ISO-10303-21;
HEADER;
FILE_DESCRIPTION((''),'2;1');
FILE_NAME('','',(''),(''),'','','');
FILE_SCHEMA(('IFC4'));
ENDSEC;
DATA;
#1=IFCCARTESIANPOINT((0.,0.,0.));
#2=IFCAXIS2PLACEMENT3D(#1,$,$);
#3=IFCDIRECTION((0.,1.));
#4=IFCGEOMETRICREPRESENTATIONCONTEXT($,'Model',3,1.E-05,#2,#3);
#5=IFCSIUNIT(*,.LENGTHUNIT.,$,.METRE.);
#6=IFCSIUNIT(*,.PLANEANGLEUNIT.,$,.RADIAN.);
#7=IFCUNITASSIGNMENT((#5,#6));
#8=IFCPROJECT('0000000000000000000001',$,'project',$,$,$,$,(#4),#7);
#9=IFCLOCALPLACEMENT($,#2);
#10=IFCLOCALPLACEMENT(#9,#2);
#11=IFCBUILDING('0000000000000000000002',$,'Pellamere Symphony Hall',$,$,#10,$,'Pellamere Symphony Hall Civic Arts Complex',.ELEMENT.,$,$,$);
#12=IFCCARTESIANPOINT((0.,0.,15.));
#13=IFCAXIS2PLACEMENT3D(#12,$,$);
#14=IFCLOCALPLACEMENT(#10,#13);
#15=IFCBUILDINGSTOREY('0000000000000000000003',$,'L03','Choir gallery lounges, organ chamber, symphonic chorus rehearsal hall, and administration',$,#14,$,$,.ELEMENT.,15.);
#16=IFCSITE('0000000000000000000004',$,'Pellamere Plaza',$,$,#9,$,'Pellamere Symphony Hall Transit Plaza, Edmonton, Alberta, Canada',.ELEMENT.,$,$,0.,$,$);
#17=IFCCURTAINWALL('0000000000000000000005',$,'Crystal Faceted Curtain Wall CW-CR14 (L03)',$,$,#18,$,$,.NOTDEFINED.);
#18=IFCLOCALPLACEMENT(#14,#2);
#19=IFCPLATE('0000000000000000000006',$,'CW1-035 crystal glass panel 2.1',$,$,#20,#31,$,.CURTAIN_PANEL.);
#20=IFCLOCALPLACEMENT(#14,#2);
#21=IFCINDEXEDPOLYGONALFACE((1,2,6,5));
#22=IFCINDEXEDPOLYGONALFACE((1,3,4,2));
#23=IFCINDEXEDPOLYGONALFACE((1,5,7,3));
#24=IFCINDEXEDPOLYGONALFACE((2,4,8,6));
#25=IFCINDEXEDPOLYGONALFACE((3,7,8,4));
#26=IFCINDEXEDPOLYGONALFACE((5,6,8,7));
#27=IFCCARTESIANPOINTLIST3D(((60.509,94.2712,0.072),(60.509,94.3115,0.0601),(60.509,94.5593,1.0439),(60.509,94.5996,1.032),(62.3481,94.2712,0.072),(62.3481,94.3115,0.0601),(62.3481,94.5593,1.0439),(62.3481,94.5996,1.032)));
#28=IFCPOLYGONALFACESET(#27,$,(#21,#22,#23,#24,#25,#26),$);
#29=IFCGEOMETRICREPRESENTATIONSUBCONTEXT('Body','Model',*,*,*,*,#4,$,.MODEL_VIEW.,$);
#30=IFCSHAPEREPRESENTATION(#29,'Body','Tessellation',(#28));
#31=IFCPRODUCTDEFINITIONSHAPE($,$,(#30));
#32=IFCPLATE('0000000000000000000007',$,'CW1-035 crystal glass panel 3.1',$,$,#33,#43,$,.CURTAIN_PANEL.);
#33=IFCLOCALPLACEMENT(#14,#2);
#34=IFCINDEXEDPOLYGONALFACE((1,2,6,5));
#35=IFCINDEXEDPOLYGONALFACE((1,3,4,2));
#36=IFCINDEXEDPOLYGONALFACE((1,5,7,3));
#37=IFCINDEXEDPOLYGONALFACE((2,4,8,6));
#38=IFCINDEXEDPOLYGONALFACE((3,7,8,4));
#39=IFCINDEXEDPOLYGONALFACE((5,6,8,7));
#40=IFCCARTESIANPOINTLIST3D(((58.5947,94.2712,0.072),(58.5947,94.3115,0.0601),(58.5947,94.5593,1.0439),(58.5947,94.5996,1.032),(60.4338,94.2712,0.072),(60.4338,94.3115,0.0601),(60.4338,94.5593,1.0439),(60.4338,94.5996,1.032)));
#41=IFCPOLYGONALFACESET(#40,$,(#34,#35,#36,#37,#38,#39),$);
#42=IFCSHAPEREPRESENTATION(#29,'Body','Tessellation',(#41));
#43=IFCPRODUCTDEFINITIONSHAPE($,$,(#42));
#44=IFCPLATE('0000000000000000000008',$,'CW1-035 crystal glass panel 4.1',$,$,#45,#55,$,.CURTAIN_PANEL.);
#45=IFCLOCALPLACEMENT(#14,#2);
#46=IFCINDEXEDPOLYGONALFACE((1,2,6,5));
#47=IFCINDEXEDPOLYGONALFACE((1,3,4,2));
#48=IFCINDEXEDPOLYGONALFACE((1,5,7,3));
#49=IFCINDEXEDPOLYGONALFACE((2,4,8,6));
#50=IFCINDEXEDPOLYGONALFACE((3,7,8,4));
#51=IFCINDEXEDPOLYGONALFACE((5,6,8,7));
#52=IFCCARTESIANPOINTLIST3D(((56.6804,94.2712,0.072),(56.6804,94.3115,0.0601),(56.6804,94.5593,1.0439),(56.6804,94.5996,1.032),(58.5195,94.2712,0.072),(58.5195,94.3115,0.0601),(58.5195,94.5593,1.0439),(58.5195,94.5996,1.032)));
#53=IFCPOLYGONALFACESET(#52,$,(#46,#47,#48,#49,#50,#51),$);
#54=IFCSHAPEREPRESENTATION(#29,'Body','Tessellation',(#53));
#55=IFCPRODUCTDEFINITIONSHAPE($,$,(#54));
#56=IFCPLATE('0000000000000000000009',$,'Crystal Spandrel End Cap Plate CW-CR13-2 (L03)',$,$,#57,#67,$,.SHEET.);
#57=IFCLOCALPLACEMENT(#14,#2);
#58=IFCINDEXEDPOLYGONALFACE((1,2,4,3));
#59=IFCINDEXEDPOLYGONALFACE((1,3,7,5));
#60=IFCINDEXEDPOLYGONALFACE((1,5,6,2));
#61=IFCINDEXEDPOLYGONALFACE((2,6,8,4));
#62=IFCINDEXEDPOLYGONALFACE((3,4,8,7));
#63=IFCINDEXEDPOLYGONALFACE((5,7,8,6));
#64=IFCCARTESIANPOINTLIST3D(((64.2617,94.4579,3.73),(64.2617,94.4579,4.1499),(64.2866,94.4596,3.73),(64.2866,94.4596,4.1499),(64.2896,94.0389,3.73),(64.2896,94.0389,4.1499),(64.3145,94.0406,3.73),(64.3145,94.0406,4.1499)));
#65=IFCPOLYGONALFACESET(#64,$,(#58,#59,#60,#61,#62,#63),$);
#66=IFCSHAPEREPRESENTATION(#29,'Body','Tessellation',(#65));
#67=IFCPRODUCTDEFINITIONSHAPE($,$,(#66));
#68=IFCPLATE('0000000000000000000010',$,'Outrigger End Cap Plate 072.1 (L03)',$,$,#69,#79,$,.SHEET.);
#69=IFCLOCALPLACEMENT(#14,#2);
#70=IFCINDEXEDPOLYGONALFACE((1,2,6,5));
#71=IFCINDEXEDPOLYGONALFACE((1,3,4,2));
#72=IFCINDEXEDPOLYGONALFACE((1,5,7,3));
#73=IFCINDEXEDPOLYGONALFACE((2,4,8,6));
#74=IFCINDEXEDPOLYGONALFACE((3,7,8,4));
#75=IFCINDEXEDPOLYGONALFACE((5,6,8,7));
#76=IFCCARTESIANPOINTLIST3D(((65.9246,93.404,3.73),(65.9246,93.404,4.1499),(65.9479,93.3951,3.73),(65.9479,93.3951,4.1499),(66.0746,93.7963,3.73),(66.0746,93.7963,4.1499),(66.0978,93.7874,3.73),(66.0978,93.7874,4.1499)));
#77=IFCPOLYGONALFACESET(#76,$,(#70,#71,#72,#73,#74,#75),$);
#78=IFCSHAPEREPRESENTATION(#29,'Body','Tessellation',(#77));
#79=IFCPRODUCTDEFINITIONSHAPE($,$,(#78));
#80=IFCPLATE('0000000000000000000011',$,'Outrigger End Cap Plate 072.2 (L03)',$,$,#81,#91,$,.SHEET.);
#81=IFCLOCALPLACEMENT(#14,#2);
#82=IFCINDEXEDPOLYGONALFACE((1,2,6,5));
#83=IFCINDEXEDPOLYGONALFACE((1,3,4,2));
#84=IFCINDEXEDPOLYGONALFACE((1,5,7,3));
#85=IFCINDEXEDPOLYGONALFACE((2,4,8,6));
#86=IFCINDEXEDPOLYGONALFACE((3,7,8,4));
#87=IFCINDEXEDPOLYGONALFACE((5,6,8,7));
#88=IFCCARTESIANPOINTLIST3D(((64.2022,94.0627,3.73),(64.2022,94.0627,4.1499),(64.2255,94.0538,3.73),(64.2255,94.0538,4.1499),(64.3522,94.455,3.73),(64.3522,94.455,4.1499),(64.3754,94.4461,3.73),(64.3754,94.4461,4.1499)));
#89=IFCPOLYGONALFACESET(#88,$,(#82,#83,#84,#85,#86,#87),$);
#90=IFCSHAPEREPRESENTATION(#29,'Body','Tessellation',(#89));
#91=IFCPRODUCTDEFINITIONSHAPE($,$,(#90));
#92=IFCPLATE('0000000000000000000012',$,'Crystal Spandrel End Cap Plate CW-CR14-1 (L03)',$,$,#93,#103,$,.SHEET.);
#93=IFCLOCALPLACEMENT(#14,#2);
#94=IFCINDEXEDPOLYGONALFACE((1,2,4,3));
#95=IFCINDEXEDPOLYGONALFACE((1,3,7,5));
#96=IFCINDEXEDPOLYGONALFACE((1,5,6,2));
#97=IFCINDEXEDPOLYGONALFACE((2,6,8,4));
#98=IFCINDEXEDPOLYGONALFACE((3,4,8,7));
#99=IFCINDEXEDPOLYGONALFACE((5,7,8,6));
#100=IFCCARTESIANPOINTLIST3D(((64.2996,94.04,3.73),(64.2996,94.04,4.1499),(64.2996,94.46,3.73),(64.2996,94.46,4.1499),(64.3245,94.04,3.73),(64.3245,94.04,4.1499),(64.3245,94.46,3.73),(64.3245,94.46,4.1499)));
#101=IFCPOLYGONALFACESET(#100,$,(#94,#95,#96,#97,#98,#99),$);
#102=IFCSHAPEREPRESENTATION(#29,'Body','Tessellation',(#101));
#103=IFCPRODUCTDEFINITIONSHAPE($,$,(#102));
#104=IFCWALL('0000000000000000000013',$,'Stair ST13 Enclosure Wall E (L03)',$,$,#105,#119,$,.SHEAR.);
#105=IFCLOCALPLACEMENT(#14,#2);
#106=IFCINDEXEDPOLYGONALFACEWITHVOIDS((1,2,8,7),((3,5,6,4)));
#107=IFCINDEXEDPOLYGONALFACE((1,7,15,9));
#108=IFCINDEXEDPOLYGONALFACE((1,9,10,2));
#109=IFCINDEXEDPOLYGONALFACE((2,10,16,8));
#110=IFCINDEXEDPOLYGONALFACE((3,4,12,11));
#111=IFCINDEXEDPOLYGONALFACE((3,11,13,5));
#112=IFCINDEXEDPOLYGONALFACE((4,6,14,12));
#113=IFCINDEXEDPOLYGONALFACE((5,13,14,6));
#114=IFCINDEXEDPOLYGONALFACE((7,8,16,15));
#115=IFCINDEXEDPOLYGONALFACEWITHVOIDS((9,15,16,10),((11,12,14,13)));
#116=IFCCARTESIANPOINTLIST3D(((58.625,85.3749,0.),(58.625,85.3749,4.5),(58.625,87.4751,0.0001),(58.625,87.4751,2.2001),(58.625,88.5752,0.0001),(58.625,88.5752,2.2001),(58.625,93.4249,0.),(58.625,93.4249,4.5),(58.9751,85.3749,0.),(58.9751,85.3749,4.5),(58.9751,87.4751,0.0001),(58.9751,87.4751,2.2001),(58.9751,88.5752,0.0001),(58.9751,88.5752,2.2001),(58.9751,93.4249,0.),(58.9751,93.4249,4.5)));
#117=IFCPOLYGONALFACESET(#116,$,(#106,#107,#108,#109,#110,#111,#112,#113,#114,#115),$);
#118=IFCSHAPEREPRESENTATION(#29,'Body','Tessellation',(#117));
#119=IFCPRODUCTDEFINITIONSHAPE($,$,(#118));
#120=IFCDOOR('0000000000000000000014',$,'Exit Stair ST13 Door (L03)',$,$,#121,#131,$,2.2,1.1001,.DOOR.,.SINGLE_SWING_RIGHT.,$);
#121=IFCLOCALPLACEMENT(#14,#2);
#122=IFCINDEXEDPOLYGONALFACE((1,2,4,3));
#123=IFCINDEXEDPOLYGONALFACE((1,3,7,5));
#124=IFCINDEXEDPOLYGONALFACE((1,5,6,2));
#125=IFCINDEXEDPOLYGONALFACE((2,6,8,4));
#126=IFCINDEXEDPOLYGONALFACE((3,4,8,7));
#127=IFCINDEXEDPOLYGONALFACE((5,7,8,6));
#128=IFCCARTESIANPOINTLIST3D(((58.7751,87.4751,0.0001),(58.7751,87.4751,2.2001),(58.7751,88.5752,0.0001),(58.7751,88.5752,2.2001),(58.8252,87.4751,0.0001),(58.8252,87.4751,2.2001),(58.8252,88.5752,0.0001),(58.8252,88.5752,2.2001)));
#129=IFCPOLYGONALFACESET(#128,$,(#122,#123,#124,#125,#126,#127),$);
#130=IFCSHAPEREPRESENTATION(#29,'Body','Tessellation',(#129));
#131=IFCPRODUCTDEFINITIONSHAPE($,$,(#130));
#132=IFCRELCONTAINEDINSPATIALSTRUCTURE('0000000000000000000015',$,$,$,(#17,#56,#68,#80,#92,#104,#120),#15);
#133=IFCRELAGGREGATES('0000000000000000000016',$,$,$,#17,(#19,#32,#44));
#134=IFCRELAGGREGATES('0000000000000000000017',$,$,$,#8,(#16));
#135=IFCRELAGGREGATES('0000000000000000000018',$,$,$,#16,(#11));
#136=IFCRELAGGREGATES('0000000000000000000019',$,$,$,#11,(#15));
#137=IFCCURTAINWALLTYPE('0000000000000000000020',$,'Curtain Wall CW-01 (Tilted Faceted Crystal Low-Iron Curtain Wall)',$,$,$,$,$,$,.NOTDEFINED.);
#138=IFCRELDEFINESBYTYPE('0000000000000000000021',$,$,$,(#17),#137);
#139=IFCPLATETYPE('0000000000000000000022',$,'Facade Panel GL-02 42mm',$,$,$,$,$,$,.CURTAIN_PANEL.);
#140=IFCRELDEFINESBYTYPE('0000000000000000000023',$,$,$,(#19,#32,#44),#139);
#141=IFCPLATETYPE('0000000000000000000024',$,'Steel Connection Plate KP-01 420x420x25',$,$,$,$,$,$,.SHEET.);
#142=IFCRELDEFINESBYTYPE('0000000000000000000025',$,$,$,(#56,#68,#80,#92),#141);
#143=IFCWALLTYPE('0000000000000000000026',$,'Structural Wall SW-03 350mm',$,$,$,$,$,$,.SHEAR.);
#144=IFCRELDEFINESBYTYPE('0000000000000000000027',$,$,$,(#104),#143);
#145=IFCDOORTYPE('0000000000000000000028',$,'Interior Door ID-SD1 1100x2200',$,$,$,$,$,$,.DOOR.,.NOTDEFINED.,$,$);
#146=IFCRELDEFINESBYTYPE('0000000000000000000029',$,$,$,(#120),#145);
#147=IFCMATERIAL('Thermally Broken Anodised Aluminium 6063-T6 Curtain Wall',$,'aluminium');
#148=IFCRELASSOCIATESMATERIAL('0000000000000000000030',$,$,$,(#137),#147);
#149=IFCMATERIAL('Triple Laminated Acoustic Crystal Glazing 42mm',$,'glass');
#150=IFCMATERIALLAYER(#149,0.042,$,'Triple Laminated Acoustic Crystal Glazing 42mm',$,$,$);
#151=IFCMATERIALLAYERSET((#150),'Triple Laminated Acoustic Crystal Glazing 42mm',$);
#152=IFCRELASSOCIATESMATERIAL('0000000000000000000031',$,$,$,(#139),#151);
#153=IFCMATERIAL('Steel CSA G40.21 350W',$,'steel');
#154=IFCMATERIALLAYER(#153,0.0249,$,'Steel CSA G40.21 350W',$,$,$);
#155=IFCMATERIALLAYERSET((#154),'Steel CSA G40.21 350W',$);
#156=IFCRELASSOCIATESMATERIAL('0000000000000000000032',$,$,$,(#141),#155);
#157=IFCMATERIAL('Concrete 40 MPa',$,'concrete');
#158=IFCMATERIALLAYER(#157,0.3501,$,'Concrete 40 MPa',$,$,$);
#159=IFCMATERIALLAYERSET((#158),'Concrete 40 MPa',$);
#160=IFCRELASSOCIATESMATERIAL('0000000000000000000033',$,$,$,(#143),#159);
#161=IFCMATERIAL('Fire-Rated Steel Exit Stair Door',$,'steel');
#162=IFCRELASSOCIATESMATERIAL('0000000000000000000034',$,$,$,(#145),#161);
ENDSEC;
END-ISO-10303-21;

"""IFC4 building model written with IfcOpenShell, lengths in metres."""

from ifc_helpers import new_model, si_unit, direction, frame, frame_2d, origin, origin_2d, place, context, subcontext, project, spatial, polyline, rectangle, outline, extrude, material, layer, layer_set, type_object, element, fill, aggregate, save


model = new_model("IFC4")

# Units and contexts
model_context = context("Model", 3, precision=1e-05, world=origin(), true_north=direction((0.0, 1.0)))
body_context = subcontext(model_context, "Body", "Model", "MODEL_VIEW")
ifc_project = project(units=[si_unit("LENGTHUNIT", "METRE"), si_unit("PLANEANGLEUNIT", "RADIAN")], contexts=[model_context])

# Site, building, storey
site_placement = place(None, origin())
site = spatial("IfcSite", under=ifc_project, at=site_placement, Name="Pellamere Plaza", LongName="Pellamere Symphony Hall Transit Plaza, Edmonton, Alberta, Canada", CompositionType="ELEMENT", RefElevation=0.0)
building_placement = place(site_placement, origin())
building = spatial("IfcBuilding", under=site, at=building_placement, Name="Pellamere Symphony Hall", LongName="Pellamere Symphony Hall Civic Arts Complex", CompositionType="ELEMENT")
storey_placement = place(building_placement, frame((0.0, 0.0, 15.0)))
storey = spatial("IfcBuildingStorey", under=building, at=storey_placement, Name="L03", Description="Choir gallery lounges, organ chamber, symphonic chorus rehearsal hall, and administration", CompositionType="ELEMENT", Elevation=15.0)

# Shared definitions
ifc_material_1 = material(Name="Concrete 40 MPa", Category="concrete")

# Curtain wall
ifc_material_2 = material(Name="Thermally Broken Anodised Aluminium 6063-T6 Curtain Wall", Category="aluminium")
curtain_wall_type = type_object("IfcCurtainWallType", Name="Curtain Wall CW-01 (Tilted Faceted Crystal Low-Iron Curtain Wall)", PredefinedType="NOTDEFINED", material=ifc_material_2)
curtain_wall_1_placement = place(storey_placement, origin())
curtain_wall_1 = element("IfcCurtainWall", 1, at=curtain_wall_1_placement, inside=storey, type_object=curtain_wall_type, Name="Crystal Faceted Curtain Wall CW-CR14 (L03)", PredefinedType="NOTDEFINED")

# Shared definitions
ifc_material_3 = material(Name="Steel CSA G40.21 350W", Category="steel")

# Plates
ifc_material_4 = material(Name="Triple Laminated Acoustic Crystal Glazing 42mm", Category="glass")
ifc_layer_1 = layer(ifc_material_4, 0.042, Name="Triple Laminated Acoustic Crystal Glazing 42mm")
ifc_layer_set_1 = layer_set([ifc_layer_1], Name="Triple Laminated Acoustic Crystal Glazing 42mm")
plate_type_1 = type_object("IfcPlateType", Name="Facade Panel GL-02 42mm", PredefinedType="CURTAIN_PANEL", material=ifc_layer_set_1)
plate_1_placement = place(storey_placement, frame((62.3481, 94.2712, 0.072), z_axis=(0.0, -0.958769, 0.284187), x_axis=(-1.0, 0.0, 0.0)))
plate_1 = element("IfcPlate", 2, at=plate_1_placement, type_object=plate_type_1, Name="CW1-035 crystal glass panel 2.1", PredefinedType="CURTAIN_PANEL", context=body_context, shape_type="SweptSolid", body=[
    extrude(outline(polyline([(0.0, 0.0), (1.8391, 0.0), (1.8391, -1.0137), (0.0, -1.0137), (0.0, 0.0)])), origin(), (0.0, 0.0, -1.0), 0.042),
])
plate_2_placement = place(storey_placement, frame((60.4338, 94.2712, 0.072), z_axis=(0.0, -0.958769, 0.284187), x_axis=(-1.0, 0.0, 0.0)))
plate_2 = element("IfcPlate", 3, at=plate_2_placement, type_object=plate_type_1, Name="CW1-035 crystal glass panel 3.1", PredefinedType="CURTAIN_PANEL", context=body_context, shape_type="SweptSolid", body=[
    extrude(outline(polyline([(0.0, 0.0), (1.8391, 0.0), (1.8391, -1.0137), (0.0, -1.0137), (0.0, 0.0)])), origin(), (0.0, 0.0, -1.0), 0.042),
])
plate_3_placement = place(storey_placement, frame((58.5195, 94.2712, 0.072), z_axis=(0.0, -0.958769, 0.284187), x_axis=(-1.0, 0.0, 0.0)))
plate_3 = element("IfcPlate", 4, at=plate_3_placement, type_object=plate_type_1, Name="CW1-035 crystal glass panel 4.1", PredefinedType="CURTAIN_PANEL", context=body_context, shape_type="SweptSolid", body=[
    extrude(outline(polyline([(0.0, 0.0), (1.8391, 0.0), (1.8391, -1.0137), (0.0, -1.0137), (0.0, 0.0)])), origin(), (0.0, 0.0, -1.0), 0.042),
])
aggregate(curtain_wall_1, [plate_1, plate_2, plate_3])

# Plates
ifc_layer_2 = layer(ifc_material_3, 0.0249, Name="Steel CSA G40.21 350W")
ifc_layer_set_2 = layer_set([ifc_layer_2], Name="Steel CSA G40.21 350W")
plate_type_2 = type_object("IfcPlateType", Name="Steel Connection Plate KP-01 420x420x25", PredefinedType="SHEET", material=ifc_layer_set_2)
for number, where, z_axis, x_axis, name in (
    (5, (64.2881, 94.2493, 3.73), (0.0, 0.0, 1.0), (-0.99779, -0.066448, 0.0), "Crystal Spandrel End Cap Plate CW-CR13-2 (L03)"),
    (6, (66.0112, 93.5957, 3.73), (0.0, 0.0, 1.0), (-0.93408, 0.357064, 0.0), "Outrigger End Cap Plate 072.1 (L03)"),
    (7, (64.2888, 94.2544, 3.73), (0.0, 0.0, 1.0), (-0.93408, 0.357064, 0.0), "Outrigger End Cap Plate 072.2 (L03)"),
    (8, (64.312, 94.25, 3.73), (0.0, 0.0, 1.0), (-1.0, 0.0, 0.0), "Crystal Spandrel End Cap Plate CW-CR14-1 (L03)"),
):
    element("IfcPlate", number, at=place(storey_placement, frame(where, z_axis=z_axis, x_axis=x_axis)), inside=storey, type_object=plate_type_2, Name=name, PredefinedType="SHEET", context=body_context, shape_type="SweptSolid", body=[
        extrude(rectangle(XDim=0.0249, YDim=0.4199, at=origin_2d()), origin(), (0.0, 0.0, 1.0), 0.4199),
    ])

# Wall, opening, door
ifc_layer_3 = layer(ifc_material_1, 0.3501, Name="Concrete 40 MPa")
ifc_layer_set_3 = layer_set([ifc_layer_3], Name="Concrete 40 MPa")
wall_type = type_object("IfcWallType", Name="Structural Wall SW-03 350mm", PredefinedType="SHEAR", material=ifc_layer_set_3)
wall_placement = place(storey_placement, frame((58.8, 85.375, 0.0), z_axis=(0.0, 0.0, 1.0), x_axis=(0.0, 1.0, 0.0)))
wall = element("IfcWall", 9, at=wall_placement, inside=storey, type_object=wall_type, Name="Stair ST13 Enclosure Wall E (L03)", PredefinedType="SHEAR", context=body_context, shape_type="SweptSolid", body=[
    extrude(rectangle(XDim=8.05, YDim=0.3501, at=frame_2d((4.0249, 0.0))), origin(), (0.0, 0.0, 1.0), 4.5),
])
opening_placement = place(wall_placement, frame((2.1001, 0.0, 0.0)))
opening = element("IfcOpeningElement", 10, at=opening_placement, cuts=wall, PredefinedType="OPENING", context=body_context, shape_type="SweptSolid", body=[
    extrude(rectangle(XDim=1.1001, YDim=2.2, at=frame_2d((0.55, 1.1001))), frame((0.0, 0.1851, 0.0), z_axis=(0.0, -1.0, 0.0), x_axis=(1.0, 0.0, 0.0)), (0.0, 0.0, 1.0), 0.3701),
])
ifc_material_5 = material(Name="Fire-Rated Steel Exit Stair Door", Category="steel")
door_type = type_object("IfcDoorType", Name="Interior Door ID-SD1 1100x2200", OperationType="NOTDEFINED", PredefinedType="DOOR", material=ifc_material_5)
door_placement = place(opening_placement, origin())
door = element("IfcDoor", 11, at=door_placement, inside=storey, type_object=door_type, Name="Exit Stair ST13 Door (L03)", OperationType="SINGLE_SWING_RIGHT", OverallHeight=2.2, OverallWidth=1.1001, PredefinedType="DOOR", context=body_context, shape_type="SweptSolid", body=[
    extrude(rectangle(XDim=1.1001, YDim=2.2, at=frame_2d((0.55, 1.1001))), frame((0.0, 0.0249, 0.0), z_axis=(0.0, -1.0, 0.0), x_axis=(1.0, 0.0, 0.0)), (0.0, 0.0, 1.0), 0.05),
])
fill(opening, door)

save(model, "model.ifc")
